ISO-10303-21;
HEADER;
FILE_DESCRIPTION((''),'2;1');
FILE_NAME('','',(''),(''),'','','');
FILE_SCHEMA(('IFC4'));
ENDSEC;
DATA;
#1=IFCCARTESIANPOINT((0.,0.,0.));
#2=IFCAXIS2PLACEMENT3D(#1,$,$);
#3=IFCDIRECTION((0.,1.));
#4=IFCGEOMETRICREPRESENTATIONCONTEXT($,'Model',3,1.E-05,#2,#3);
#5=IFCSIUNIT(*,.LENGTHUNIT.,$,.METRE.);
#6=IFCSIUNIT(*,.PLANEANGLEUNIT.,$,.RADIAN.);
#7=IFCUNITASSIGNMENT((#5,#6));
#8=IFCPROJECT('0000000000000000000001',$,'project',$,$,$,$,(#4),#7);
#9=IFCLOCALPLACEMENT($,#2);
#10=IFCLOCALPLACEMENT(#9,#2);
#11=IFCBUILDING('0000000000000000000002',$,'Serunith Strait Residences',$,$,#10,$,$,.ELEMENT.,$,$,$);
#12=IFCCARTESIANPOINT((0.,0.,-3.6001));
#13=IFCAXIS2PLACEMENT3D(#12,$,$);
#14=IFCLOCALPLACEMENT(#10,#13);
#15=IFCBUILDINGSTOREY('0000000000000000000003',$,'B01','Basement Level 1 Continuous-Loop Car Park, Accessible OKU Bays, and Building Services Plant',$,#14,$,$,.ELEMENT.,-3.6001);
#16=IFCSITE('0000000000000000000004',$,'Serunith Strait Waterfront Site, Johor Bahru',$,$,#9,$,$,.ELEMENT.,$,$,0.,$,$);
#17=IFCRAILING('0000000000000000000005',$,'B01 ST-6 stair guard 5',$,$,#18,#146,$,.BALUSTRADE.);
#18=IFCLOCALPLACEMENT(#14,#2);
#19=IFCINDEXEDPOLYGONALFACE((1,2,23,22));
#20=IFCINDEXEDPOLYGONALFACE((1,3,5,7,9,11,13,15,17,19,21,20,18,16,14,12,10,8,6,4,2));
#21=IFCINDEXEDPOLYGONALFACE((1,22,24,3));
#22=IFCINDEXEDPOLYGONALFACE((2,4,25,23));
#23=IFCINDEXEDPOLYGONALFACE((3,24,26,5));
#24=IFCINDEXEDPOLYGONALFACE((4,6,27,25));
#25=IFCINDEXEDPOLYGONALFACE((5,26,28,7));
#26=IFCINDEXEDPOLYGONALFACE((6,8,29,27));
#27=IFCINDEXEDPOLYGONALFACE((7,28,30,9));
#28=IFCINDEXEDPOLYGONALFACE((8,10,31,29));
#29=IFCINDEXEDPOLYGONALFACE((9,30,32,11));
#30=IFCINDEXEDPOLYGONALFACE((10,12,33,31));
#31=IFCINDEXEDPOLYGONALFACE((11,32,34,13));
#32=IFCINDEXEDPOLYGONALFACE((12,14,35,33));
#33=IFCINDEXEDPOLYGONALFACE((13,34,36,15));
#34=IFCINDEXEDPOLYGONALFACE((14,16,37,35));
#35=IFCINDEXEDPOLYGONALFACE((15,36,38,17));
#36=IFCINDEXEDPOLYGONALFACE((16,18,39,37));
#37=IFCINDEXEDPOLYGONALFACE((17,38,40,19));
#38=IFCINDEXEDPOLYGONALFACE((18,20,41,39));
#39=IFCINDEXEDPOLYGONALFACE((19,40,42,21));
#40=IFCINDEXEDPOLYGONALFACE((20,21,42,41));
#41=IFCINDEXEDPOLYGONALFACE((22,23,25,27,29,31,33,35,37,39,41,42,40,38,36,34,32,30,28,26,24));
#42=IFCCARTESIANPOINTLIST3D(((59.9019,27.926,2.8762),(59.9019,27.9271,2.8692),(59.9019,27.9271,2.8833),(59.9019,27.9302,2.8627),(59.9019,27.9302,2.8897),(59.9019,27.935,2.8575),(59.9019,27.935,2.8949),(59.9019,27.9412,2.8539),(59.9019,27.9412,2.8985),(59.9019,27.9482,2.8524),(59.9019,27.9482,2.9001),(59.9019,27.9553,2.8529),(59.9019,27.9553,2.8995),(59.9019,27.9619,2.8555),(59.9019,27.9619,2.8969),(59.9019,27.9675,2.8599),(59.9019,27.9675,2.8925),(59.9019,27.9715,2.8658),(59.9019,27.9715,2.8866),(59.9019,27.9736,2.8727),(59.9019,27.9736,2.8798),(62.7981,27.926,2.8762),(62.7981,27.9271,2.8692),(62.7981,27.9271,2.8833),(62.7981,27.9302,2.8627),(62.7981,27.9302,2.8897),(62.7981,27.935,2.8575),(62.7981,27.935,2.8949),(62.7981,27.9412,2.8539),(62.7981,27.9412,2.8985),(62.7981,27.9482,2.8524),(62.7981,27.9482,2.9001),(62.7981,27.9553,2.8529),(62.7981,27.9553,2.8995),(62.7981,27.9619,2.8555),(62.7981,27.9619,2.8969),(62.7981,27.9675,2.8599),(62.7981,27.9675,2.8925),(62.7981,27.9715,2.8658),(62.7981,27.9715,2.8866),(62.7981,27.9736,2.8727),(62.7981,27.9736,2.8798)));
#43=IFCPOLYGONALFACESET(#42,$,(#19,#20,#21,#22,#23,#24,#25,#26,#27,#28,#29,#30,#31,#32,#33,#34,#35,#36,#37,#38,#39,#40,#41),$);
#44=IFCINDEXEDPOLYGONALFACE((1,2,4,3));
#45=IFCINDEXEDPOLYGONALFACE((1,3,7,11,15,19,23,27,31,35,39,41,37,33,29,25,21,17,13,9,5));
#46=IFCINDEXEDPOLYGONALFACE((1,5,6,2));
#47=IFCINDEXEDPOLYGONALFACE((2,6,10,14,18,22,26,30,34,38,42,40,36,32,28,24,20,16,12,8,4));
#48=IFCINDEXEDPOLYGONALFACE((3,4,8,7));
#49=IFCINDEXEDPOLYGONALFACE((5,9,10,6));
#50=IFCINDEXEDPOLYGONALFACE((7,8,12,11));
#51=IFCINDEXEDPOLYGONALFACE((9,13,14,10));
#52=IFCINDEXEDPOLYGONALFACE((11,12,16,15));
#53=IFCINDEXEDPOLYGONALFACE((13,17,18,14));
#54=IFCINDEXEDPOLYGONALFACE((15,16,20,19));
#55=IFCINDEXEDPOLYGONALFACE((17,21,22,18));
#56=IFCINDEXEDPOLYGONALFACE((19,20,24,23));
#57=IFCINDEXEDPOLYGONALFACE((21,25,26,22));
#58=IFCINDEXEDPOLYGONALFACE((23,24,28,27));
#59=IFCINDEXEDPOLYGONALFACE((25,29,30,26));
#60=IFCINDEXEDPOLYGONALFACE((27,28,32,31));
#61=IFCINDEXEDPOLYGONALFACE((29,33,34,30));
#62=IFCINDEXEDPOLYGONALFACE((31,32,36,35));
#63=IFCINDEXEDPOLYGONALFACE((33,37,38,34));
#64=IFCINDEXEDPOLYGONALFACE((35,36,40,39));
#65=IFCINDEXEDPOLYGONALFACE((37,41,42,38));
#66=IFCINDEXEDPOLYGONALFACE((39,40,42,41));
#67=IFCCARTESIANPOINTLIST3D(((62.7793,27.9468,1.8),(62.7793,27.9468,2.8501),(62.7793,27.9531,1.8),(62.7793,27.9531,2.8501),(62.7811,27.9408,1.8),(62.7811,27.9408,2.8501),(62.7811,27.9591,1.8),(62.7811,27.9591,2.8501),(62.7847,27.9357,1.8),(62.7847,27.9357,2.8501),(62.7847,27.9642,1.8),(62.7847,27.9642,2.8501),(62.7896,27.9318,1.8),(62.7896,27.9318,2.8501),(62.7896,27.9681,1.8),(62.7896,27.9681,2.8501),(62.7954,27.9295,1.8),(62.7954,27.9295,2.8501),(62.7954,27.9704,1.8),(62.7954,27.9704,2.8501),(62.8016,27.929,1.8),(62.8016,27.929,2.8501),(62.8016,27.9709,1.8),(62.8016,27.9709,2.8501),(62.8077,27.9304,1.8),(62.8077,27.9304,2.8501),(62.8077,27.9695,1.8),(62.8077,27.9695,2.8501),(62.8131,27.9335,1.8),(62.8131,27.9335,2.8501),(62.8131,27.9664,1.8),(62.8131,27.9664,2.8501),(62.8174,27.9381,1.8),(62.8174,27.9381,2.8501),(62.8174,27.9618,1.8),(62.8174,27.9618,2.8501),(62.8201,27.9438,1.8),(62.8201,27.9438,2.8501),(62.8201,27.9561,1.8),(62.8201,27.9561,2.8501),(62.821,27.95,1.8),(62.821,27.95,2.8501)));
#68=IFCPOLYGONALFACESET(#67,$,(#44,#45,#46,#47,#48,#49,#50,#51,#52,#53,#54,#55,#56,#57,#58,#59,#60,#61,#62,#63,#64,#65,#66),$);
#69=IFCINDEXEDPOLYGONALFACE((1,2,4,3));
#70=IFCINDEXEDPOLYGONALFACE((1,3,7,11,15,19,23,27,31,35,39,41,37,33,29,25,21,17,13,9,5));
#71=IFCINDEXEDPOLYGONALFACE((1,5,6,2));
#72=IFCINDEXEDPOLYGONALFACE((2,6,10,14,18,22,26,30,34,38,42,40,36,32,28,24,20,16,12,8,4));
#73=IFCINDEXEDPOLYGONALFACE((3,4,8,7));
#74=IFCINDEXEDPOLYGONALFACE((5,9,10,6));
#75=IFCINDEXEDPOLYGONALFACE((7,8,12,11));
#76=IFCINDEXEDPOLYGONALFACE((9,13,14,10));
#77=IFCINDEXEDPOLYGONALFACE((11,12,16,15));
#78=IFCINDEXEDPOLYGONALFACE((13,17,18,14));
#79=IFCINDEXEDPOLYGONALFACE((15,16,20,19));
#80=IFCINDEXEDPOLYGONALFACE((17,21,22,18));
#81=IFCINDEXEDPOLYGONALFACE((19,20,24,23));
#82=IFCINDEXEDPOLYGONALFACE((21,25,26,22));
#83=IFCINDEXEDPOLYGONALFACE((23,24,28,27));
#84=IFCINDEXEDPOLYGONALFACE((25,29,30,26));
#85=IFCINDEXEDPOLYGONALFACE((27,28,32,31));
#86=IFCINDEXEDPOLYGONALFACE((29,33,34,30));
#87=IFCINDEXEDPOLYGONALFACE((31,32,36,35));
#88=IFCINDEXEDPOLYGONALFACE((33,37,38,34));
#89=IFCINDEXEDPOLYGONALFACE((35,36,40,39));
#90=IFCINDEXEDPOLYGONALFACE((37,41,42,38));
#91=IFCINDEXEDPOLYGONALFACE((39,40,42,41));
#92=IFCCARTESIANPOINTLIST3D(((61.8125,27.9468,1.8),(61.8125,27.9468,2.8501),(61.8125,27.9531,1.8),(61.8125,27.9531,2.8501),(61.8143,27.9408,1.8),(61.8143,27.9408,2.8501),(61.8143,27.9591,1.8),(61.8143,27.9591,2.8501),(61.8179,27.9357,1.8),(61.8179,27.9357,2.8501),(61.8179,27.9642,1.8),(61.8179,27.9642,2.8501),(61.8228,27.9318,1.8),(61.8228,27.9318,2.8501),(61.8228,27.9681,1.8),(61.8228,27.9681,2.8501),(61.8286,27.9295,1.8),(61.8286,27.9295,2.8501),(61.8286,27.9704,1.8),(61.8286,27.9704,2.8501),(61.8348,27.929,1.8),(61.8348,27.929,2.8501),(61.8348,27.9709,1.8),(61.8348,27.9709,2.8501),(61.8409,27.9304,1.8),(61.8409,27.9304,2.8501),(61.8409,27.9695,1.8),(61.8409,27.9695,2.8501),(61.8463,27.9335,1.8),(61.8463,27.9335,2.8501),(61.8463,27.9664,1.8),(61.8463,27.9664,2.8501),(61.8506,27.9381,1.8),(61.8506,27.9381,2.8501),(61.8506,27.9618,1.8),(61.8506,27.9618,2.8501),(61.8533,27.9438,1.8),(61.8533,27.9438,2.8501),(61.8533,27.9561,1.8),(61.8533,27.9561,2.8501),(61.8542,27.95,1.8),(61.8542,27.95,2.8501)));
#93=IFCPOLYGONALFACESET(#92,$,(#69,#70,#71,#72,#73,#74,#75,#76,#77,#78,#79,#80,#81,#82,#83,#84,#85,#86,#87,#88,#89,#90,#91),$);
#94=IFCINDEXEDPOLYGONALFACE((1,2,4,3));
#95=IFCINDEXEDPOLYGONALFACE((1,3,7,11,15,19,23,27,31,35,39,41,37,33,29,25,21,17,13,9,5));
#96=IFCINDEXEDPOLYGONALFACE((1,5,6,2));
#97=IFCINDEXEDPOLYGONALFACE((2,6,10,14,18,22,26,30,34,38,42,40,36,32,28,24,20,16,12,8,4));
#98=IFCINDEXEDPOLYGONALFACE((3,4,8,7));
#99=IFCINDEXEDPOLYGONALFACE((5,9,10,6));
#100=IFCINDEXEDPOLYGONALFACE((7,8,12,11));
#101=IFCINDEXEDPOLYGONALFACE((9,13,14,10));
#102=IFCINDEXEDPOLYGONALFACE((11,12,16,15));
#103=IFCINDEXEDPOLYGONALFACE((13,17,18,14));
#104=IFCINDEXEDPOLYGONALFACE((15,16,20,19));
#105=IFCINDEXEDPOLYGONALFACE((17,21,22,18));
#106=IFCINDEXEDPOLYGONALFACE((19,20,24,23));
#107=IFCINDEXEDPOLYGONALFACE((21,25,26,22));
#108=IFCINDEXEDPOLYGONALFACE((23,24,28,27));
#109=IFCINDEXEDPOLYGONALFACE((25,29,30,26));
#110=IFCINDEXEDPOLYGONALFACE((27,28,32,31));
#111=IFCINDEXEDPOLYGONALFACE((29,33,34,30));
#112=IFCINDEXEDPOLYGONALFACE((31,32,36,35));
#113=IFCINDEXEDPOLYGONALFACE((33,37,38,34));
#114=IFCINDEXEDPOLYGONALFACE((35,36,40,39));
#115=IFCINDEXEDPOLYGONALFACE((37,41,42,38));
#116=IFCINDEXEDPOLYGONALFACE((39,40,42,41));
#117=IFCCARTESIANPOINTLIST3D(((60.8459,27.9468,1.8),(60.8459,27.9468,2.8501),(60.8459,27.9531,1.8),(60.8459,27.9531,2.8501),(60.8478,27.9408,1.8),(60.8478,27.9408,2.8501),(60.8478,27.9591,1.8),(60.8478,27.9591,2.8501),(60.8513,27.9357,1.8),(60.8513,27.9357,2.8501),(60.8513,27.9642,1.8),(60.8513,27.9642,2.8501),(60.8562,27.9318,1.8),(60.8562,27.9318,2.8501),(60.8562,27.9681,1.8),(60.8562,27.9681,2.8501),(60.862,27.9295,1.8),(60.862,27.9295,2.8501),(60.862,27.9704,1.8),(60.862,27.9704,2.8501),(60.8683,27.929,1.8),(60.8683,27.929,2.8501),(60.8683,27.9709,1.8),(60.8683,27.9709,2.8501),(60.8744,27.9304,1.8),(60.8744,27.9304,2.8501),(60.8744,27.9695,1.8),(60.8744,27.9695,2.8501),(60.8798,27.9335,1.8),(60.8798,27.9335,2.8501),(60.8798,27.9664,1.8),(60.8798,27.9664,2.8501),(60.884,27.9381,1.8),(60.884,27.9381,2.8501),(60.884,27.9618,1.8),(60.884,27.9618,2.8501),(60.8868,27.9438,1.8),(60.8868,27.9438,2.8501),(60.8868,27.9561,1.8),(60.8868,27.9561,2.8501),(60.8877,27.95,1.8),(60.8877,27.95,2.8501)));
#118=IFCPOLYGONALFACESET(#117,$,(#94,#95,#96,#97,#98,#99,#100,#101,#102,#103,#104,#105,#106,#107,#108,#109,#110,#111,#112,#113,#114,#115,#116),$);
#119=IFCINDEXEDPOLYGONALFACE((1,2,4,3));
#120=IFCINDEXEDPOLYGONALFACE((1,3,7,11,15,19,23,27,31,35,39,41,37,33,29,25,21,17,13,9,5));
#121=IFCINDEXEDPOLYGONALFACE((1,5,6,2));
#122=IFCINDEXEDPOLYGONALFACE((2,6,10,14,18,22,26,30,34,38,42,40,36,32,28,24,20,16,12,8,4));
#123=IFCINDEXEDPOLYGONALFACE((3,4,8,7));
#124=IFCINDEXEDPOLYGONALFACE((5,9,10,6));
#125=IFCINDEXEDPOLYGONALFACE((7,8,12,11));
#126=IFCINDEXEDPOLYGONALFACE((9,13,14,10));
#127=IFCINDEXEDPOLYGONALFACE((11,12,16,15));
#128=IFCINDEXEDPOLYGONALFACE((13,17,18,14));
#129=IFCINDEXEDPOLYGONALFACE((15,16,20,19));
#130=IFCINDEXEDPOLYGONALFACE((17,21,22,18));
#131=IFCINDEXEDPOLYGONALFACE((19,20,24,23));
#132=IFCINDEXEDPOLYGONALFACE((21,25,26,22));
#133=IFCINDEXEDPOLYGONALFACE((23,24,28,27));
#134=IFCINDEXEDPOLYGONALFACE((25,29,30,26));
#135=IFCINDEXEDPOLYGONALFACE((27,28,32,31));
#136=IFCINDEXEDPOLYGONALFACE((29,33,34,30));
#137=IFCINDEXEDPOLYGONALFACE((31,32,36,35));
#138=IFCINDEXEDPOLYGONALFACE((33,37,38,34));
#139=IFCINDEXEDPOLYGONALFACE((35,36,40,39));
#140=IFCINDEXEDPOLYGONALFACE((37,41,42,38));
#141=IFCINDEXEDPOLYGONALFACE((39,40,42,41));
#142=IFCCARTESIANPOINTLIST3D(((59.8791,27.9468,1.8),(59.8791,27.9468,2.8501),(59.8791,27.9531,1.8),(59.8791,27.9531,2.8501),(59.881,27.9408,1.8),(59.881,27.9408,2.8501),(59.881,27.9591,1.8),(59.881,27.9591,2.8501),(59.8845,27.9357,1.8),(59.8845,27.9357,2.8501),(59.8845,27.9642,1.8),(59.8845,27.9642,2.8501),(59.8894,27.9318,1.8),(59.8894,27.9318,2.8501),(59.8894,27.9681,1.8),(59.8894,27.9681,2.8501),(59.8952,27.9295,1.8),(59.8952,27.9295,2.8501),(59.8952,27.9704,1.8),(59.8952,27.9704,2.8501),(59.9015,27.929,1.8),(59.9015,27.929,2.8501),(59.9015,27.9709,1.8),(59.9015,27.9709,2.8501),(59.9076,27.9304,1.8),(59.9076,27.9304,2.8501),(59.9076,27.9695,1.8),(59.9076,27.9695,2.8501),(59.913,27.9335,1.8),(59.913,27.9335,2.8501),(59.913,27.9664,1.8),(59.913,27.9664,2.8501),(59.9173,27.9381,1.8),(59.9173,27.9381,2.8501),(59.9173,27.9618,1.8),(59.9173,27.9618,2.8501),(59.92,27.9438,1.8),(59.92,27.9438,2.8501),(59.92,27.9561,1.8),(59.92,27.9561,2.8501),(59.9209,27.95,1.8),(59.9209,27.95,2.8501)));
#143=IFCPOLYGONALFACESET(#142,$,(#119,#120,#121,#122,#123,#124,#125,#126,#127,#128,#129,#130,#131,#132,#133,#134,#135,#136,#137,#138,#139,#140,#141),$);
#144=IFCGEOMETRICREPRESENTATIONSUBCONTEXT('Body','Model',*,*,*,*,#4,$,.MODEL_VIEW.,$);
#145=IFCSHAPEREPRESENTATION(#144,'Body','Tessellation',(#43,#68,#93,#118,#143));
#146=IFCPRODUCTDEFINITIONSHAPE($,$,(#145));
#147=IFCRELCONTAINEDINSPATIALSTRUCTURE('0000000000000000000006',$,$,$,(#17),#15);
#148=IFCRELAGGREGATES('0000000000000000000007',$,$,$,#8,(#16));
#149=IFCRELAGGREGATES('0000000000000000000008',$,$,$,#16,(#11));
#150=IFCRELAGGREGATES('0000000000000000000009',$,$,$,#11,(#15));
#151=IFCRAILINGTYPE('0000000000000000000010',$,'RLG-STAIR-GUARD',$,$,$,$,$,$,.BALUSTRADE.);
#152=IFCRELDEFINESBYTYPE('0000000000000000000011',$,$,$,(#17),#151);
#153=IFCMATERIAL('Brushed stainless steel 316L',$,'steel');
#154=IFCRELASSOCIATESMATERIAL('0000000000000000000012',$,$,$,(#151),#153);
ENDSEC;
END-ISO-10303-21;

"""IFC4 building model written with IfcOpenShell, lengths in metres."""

from ifc_helpers import new_model, si_unit, direction, frame, origin, origin_2d, place, context, subcontext, project, spatial, circle, extrude, material, type_object, element, save


model = new_model("IFC4")

# Units and contexts
model_context = context("Model", 3, precision=1e-05, world=origin(), true_north=direction((0.0, 1.0)))
body_context = subcontext(model_context, "Body", "Model", "MODEL_VIEW")
ifc_project = project(units=[si_unit("LENGTHUNIT", "METRE"), si_unit("PLANEANGLEUNIT", "RADIAN")], contexts=[model_context])

# Site, building, storey
site_placement = place(None, origin())
site = spatial("IfcSite", under=ifc_project, at=site_placement, Name="Serunith Strait Waterfront Site, Johor Bahru", CompositionType="ELEMENT", RefElevation=0.0)
building_placement = place(site_placement, origin())
building = spatial("IfcBuilding", under=site, at=building_placement, Name="Serunith Strait Residences", CompositionType="ELEMENT")
storey_placement = place(building_placement, frame((0.0, 0.0, -3.6001)))
storey = spatial("IfcBuildingStorey", under=building, at=storey_placement, Name="B01", Description="Basement Level 1 Continuous-Loop Car Park, Accessible OKU Bays, and Building Services Plant", CompositionType="ELEMENT", Elevation=-3.6001)

# Railing
ifc_material_1 = material(Name="Brushed stainless steel 316L", Category="steel")
railing_type_1 = type_object("IfcRailingType", Name="RLG-STAIR-GUARD", PredefinedType="BALUSTRADE", material=ifc_material_1)
railing_1_placement = place(storey_placement, frame((62.8, 27.95, 1.8)))
element("IfcRailing", 1, at=railing_1_placement, inside=storey, type_object=railing_type_1, Name="B01 ST-6 stair guard 5", PredefinedType="BALUSTRADE", context=body_context, shape_type="SweptSolid", body=[
    extrude(circle(Radius=0.0239, at=origin_2d()), frame((-0.002, 0.0, 1.0762), z_axis=(-1.0, 0.0, 0.0), x_axis=(0.0, -1.0, 0.0)), (0.0, 0.0, 1.0), 2.8962),
    extrude(circle(Radius=0.021, at=origin_2d()), origin(), (0.0, 0.0, 1.0), 1.05),
    extrude(circle(Radius=0.021, at=origin_2d()), frame((-0.9668, 0.0, 0.0)), (0.0, 0.0, 1.0), 1.05),
    extrude(circle(Radius=0.021, at=origin_2d()), frame((-1.9333, 0.0, 0.0)), (0.0, 0.0, 1.0), 1.05),
    extrude(circle(Radius=0.021, at=origin_2d()), frame((-2.9001, 0.0, 0.0)), (0.0, 0.0, 1.0), 1.05),
])

save(model, "model.ifc")
